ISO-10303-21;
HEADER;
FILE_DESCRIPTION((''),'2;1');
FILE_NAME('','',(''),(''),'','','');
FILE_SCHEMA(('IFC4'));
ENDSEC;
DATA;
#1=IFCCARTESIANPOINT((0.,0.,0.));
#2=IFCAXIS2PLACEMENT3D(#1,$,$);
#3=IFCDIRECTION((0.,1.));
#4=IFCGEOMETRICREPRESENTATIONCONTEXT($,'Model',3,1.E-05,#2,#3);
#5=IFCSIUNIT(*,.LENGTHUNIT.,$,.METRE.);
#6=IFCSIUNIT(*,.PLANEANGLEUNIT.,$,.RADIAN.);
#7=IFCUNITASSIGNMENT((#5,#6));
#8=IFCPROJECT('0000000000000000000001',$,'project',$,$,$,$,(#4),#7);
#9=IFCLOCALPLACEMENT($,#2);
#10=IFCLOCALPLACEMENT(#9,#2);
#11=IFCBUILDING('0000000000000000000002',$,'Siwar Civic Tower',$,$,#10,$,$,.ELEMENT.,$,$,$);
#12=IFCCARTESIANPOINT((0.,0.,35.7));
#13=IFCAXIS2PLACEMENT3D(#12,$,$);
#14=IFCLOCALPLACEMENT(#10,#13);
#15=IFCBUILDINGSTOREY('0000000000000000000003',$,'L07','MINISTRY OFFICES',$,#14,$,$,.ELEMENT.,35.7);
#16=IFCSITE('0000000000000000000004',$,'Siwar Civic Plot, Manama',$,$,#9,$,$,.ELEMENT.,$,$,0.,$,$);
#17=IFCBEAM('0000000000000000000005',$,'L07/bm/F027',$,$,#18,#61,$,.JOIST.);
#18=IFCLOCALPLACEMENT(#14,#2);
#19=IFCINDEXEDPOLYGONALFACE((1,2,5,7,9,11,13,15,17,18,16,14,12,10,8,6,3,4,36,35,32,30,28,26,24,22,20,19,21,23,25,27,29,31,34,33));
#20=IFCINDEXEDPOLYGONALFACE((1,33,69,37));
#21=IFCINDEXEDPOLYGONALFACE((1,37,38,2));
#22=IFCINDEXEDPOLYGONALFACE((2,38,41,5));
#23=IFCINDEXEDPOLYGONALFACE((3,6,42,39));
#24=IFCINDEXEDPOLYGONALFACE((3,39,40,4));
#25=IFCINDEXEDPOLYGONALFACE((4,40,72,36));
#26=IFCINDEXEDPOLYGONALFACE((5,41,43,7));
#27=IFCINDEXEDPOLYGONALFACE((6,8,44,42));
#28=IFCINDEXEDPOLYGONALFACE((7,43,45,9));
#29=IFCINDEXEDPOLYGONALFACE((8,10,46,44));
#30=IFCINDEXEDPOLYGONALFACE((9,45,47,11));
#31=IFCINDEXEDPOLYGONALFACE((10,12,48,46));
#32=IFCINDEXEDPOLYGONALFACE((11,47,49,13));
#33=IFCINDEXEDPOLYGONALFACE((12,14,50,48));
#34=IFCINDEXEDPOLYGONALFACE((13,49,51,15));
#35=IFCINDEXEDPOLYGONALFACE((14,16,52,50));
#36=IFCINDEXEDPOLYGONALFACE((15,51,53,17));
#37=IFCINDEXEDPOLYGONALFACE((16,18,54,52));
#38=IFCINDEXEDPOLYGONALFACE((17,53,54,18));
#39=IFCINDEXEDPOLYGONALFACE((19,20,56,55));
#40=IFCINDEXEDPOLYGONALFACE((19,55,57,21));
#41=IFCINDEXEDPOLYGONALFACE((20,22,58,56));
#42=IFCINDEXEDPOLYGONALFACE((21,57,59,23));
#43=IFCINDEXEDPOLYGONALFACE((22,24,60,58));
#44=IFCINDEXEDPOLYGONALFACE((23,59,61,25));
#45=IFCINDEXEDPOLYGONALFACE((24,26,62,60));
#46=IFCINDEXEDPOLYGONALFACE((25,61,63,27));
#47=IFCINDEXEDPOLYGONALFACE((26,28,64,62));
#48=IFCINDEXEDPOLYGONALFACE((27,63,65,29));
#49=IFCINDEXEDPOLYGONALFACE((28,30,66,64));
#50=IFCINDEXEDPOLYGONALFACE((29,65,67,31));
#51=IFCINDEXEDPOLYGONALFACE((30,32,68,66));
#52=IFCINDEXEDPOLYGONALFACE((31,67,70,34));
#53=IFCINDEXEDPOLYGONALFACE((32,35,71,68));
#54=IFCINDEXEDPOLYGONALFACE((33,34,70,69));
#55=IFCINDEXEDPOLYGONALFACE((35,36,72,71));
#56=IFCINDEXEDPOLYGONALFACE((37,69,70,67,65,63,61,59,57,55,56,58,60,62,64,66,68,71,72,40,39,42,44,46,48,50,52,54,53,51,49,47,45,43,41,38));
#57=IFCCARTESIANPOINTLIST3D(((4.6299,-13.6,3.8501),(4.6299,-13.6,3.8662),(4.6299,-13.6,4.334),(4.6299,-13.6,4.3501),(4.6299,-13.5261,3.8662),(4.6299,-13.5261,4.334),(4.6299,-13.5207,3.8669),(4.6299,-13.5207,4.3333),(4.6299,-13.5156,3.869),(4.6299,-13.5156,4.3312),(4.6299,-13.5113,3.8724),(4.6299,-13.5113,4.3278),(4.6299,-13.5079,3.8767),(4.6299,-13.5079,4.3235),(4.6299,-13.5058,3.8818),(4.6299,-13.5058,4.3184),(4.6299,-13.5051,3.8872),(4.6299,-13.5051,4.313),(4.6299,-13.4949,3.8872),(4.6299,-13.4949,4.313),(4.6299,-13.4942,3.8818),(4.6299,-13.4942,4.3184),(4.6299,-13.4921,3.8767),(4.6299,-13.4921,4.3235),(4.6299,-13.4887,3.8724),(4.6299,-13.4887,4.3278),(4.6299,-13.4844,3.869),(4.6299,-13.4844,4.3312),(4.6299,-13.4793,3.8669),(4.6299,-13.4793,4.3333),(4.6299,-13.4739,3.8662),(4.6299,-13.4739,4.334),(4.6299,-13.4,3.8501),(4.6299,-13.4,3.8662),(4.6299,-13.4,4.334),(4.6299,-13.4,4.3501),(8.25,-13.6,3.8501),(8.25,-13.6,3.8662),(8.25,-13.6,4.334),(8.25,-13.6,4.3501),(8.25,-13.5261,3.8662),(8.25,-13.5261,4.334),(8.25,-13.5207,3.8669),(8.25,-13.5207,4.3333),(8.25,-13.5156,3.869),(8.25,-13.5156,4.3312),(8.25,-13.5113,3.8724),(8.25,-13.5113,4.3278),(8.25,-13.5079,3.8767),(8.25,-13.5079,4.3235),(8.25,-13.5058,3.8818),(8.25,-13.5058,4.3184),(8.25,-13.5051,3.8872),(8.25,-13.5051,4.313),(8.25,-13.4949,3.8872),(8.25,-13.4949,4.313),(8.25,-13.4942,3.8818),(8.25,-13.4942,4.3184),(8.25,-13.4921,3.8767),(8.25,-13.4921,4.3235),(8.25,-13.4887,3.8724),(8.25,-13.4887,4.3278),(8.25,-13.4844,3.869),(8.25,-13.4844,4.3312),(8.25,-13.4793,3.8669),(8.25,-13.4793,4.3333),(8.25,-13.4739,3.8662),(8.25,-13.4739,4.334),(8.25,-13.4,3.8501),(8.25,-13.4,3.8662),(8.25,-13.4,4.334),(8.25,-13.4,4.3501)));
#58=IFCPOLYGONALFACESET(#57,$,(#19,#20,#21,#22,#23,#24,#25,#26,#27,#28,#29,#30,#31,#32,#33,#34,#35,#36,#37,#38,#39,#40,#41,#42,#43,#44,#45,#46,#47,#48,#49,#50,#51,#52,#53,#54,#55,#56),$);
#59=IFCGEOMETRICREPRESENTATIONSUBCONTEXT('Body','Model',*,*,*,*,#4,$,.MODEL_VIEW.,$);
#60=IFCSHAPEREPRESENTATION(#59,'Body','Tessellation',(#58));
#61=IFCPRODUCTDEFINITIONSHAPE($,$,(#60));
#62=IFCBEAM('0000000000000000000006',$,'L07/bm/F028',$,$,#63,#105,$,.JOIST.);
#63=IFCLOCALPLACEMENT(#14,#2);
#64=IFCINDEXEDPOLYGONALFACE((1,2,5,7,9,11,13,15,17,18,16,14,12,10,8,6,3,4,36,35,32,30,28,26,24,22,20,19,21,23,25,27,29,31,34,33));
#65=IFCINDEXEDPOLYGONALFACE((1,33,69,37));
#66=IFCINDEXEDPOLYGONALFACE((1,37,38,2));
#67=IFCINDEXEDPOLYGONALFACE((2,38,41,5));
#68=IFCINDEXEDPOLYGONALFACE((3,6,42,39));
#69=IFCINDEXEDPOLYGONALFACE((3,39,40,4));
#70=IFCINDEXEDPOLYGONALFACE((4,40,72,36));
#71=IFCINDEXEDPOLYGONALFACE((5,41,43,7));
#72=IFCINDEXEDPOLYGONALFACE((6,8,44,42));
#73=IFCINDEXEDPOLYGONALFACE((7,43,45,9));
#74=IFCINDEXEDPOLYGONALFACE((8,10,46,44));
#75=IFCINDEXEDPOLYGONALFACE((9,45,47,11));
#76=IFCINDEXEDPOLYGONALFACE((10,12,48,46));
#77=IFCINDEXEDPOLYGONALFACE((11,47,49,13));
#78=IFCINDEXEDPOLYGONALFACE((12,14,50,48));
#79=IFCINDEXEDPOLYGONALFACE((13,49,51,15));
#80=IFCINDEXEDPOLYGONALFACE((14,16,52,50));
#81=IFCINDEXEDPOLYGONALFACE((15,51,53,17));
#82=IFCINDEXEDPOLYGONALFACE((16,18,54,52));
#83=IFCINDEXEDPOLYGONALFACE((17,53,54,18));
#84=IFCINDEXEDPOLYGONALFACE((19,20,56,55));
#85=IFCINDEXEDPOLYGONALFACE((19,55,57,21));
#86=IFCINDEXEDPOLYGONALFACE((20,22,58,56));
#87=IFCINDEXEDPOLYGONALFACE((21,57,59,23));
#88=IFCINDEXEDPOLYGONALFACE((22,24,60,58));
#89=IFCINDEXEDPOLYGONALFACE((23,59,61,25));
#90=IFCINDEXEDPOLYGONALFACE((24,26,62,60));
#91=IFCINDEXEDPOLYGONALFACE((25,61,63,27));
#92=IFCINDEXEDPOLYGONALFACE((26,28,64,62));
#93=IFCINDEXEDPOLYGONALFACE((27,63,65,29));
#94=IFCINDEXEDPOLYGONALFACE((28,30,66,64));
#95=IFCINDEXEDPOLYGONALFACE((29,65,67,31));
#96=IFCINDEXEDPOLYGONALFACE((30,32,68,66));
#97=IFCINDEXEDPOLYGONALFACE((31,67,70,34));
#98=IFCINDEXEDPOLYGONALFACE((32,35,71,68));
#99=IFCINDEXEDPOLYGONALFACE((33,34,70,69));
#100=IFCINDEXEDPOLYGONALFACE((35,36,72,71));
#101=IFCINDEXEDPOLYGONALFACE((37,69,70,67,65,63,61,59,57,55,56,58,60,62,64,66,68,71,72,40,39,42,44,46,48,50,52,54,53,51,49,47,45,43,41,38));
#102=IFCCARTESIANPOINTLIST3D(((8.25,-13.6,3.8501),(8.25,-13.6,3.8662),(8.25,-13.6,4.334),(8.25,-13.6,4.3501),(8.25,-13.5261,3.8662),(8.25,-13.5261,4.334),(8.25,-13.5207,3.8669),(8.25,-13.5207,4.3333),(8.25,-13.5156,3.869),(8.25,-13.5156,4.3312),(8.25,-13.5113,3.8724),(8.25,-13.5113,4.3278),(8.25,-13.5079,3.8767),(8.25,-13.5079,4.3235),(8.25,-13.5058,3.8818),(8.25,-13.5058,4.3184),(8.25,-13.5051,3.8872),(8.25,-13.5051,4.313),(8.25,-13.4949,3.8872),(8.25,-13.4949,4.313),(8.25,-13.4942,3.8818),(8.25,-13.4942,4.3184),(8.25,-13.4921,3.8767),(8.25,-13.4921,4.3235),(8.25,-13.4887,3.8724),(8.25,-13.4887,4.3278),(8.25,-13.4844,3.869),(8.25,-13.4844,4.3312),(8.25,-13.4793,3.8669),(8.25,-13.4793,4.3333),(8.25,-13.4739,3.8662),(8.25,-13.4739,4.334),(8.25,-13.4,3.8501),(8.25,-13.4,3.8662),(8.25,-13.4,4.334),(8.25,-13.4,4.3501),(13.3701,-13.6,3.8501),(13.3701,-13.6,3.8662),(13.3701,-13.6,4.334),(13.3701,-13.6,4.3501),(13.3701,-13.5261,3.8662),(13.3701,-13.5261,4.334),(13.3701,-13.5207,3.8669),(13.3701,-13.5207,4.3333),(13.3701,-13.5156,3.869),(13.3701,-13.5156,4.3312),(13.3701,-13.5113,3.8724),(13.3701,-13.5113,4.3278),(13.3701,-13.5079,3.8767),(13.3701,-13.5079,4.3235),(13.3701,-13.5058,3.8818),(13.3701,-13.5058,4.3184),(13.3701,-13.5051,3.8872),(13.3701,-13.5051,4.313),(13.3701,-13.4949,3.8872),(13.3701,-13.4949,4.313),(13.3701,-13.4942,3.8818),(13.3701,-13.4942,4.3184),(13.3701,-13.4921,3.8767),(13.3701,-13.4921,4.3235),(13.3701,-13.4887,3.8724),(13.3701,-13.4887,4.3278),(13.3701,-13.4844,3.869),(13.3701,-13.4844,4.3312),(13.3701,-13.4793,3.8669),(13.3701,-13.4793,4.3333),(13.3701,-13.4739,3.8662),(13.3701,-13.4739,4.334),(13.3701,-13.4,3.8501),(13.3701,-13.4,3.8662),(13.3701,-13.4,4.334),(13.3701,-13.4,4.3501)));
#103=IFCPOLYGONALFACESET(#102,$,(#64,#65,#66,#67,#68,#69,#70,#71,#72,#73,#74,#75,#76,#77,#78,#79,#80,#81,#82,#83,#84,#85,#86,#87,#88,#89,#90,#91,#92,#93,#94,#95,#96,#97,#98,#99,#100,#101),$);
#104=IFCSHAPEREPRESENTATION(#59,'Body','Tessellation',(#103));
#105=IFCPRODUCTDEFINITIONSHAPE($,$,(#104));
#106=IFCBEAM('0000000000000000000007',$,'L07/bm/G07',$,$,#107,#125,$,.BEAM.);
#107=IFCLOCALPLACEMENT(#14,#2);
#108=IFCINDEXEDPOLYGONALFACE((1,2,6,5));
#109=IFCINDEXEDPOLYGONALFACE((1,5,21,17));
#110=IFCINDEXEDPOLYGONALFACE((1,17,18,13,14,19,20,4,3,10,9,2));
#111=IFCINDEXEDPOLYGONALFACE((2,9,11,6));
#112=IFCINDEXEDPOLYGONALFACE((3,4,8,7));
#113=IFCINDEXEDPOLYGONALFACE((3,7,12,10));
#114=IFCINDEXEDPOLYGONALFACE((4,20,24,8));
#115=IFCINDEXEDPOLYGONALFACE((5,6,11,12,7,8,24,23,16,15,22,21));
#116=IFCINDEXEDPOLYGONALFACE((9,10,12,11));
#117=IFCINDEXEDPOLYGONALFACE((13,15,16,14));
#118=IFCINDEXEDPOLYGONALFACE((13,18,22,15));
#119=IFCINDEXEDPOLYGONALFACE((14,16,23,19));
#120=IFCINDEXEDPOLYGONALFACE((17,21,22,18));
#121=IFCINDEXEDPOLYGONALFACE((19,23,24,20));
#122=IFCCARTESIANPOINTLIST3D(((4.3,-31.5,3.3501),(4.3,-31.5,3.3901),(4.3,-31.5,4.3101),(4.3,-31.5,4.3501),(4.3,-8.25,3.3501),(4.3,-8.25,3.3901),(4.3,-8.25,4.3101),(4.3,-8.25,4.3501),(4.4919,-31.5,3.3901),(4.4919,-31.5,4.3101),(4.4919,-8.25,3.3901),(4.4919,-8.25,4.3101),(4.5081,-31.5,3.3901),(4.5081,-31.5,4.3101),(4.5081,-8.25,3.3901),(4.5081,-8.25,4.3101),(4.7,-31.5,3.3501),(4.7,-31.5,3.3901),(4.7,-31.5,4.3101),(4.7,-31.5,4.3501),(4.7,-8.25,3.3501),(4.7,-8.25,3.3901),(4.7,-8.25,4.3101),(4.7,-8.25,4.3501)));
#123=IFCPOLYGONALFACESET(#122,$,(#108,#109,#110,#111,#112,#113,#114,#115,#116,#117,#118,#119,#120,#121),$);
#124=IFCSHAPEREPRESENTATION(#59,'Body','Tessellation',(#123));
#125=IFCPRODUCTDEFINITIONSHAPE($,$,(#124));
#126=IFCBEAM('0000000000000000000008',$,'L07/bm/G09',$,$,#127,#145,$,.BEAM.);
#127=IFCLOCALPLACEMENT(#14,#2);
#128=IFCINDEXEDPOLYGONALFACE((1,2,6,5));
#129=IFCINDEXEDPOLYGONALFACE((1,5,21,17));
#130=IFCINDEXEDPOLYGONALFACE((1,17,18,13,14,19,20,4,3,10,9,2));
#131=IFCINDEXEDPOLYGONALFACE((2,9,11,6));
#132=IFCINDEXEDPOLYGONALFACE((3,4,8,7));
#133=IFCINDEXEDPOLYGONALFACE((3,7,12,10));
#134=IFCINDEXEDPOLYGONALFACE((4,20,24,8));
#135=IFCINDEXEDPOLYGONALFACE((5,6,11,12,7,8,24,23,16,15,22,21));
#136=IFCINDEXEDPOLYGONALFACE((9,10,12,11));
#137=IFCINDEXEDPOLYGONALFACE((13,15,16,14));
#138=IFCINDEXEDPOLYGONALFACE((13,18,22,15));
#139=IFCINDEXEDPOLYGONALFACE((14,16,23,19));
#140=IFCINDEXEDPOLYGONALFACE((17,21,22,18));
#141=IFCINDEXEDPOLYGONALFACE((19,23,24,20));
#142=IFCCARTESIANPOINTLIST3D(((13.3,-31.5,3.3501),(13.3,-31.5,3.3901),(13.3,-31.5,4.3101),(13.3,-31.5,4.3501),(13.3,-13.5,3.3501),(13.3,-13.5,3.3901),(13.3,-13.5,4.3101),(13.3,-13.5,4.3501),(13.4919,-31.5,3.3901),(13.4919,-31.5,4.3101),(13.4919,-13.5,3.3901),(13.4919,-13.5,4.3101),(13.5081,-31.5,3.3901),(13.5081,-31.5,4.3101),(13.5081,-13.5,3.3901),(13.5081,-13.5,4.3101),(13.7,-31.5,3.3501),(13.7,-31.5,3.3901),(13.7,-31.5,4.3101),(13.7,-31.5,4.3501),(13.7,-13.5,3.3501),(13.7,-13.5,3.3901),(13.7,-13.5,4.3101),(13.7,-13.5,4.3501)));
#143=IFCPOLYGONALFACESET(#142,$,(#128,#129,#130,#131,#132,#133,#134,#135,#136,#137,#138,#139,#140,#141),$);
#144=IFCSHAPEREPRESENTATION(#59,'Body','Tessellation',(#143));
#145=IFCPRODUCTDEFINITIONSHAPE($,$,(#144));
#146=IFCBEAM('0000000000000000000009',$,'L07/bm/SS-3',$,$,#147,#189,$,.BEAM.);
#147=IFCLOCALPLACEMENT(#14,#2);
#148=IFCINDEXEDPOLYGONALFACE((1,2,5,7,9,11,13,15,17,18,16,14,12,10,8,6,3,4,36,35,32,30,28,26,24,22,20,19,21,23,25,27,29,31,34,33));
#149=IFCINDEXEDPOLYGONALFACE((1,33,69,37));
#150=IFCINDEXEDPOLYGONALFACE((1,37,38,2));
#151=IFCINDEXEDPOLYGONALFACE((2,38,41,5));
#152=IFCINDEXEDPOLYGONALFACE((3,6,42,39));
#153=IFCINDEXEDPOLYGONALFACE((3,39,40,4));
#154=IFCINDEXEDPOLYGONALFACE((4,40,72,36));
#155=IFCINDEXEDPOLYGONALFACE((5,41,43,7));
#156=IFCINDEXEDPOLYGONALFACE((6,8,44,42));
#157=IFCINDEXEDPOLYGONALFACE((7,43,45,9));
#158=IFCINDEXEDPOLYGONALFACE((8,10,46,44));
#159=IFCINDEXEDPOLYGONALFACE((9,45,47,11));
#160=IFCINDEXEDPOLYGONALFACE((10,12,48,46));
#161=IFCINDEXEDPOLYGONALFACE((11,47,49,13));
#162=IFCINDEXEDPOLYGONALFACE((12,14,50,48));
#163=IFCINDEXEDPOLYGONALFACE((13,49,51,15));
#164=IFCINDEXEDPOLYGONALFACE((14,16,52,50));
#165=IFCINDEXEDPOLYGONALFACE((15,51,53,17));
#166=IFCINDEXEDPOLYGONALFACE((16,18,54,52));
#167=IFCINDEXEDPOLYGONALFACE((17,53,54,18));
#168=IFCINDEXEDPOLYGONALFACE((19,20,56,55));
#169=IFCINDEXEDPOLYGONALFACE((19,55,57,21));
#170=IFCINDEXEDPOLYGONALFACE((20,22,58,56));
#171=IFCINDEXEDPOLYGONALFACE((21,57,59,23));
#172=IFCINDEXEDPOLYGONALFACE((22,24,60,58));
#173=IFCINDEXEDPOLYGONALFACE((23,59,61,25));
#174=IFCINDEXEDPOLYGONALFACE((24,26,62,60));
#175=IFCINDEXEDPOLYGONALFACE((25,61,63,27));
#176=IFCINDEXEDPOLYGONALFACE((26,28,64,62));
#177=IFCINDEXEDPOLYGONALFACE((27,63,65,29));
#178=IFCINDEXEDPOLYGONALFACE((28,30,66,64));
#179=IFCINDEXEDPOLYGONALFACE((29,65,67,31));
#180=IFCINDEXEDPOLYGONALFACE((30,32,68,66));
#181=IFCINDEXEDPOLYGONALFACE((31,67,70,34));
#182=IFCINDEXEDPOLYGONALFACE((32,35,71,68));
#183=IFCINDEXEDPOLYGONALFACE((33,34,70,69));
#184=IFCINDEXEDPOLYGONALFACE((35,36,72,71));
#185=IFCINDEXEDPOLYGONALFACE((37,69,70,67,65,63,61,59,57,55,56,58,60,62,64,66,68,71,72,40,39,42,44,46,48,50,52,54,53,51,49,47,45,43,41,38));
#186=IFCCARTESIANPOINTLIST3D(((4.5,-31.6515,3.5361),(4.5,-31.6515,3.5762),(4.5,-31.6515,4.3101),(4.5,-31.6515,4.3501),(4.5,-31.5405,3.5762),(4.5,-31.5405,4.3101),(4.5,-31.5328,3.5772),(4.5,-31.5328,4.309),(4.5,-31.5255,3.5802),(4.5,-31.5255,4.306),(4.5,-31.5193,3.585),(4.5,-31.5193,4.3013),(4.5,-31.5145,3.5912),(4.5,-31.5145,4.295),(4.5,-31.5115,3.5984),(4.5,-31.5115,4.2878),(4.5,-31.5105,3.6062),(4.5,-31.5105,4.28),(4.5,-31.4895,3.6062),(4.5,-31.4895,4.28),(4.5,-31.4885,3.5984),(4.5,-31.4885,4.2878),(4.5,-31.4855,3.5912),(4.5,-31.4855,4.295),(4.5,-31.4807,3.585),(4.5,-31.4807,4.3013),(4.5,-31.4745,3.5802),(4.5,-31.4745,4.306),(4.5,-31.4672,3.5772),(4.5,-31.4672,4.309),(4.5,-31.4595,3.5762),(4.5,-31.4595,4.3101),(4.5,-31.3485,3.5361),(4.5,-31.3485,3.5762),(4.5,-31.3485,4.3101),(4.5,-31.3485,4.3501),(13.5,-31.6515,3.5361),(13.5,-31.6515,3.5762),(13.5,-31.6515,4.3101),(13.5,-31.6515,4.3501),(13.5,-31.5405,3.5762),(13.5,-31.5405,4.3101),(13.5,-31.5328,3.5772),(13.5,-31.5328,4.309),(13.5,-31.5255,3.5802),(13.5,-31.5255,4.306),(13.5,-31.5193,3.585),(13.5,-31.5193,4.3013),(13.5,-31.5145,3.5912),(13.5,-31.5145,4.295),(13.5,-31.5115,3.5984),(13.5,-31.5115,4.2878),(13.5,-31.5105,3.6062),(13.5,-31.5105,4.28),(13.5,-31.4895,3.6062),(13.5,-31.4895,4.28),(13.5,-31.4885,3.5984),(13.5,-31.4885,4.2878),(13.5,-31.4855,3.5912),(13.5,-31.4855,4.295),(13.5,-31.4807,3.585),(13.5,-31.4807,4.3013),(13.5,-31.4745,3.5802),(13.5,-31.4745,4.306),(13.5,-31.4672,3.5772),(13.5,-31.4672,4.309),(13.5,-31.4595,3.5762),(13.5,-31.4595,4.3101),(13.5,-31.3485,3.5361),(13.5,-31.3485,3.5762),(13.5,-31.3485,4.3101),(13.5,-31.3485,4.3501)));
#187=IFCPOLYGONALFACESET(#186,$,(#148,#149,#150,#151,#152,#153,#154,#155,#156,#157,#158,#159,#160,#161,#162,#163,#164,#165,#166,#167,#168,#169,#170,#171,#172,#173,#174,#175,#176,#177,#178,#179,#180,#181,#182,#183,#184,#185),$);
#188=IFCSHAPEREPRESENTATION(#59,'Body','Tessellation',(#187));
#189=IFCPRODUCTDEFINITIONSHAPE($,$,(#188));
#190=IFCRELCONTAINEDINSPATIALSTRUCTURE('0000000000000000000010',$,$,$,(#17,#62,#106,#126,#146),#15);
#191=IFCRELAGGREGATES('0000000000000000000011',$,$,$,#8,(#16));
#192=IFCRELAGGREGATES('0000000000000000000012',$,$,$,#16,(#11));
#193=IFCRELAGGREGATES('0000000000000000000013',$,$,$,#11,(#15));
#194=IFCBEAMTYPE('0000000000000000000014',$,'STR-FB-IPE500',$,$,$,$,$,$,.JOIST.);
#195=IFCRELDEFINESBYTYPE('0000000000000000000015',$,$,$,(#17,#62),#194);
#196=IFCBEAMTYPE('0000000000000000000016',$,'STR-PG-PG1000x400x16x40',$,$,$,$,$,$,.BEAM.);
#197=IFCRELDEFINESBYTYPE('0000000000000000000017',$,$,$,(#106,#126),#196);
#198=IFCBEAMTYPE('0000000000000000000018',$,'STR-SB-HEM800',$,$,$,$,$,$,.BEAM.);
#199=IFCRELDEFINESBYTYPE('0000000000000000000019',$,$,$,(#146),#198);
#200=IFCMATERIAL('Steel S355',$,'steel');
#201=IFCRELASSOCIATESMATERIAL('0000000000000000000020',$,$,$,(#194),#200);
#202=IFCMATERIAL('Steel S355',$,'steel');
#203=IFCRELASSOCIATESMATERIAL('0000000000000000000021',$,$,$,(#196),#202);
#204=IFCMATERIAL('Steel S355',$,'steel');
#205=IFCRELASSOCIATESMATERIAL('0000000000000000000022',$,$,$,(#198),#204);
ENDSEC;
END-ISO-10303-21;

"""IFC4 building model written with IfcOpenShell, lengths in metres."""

from ifc_helpers import new_model, si_unit, direction, frame, origin, origin_2d, place, context, subcontext, project, spatial, i_section, extrude, material, material_profile, profile_set, type_object, element, save


model = new_model("IFC4")

# Units and contexts
model_context = context("Model", 3, precision=1e-05, world=origin(), true_north=direction((0.0, 1.0)))
body_context = subcontext(model_context, "Body", "Model", "MODEL_VIEW")
ifc_project = project(units=[si_unit("LENGTHUNIT", "METRE"), si_unit("PLANEANGLEUNIT", "RADIAN")], contexts=[model_context])

# Site, building, storey
site_placement = place(None, origin())
site = spatial("IfcSite", under=ifc_project, at=site_placement, Name="Siwar Civic Plot, Manama", CompositionType="ELEMENT", RefElevation=0.0)
building_placement = place(site_placement, origin())
building = spatial("IfcBuilding", under=site, at=building_placement, Name="Siwar Civic Tower", CompositionType="ELEMENT")
storey_placement = place(building_placement, frame((0.0, 0.0, 35.7)))
storey = spatial("IfcBuildingStorey", under=building, at=storey_placement, Name="L07", Description="MINISTRY OFFICES", CompositionType="ELEMENT", Elevation=35.7)

# Beams
ifc_material_1 = material(Name="Steel S355", Category="steel")
ifc_material_profile_1 = material_profile(ifc_material_1, i_section(OverallWidth=0.2, OverallDepth=0.5, WebThickness=0.0103, FlangeThickness=0.0161, FilletRadius=0.021, at=origin_2d()), Name="IPE500")
ifc_profile_set_1 = profile_set([ifc_material_profile_1], Name="Steel S355")
beam_type_1 = type_object("IfcBeamType", Name="STR-FB-IPE500", PredefinedType="JOIST", material=ifc_profile_set_1)
beam_1_placement = place(storey_placement, frame((4.6299, -13.5, 4.1001), z_axis=(1.0, 0.0, 0.0), x_axis=(0.0, 1.0, 0.0)))
element("IfcBeam", 1, at=beam_1_placement, inside=storey, type_object=beam_type_1, Name="L07/bm/F027", PredefinedType="JOIST", context=body_context, shape_type="SweptSolid", body=[
    extrude(i_section(OverallWidth=0.2, OverallDepth=0.5, WebThickness=0.0103, FlangeThickness=0.0161, FilletRadius=0.021, at=origin_2d()), origin(), (0.0, 0.0, 1.0), 3.6201),
])
beam_2_placement = place(storey_placement, frame((8.25, -13.5, 4.1001), z_axis=(1.0, 0.0, 0.0), x_axis=(0.0, 1.0, 0.0)))
element("IfcBeam", 2, at=beam_2_placement, inside=storey, type_object=beam_type_1, Name="L07/bm/F028", PredefinedType="JOIST", context=body_context, shape_type="SweptSolid", body=[
    extrude(i_section(OverallWidth=0.2, OverallDepth=0.5, WebThickness=0.0103, FlangeThickness=0.0161, FilletRadius=0.021, at=origin_2d()), origin(), (0.0, 0.0, 1.0), 5.1201),
])
ifc_material_2 = material(Name="Steel S355", Category="steel")
ifc_material_profile_2 = material_profile(ifc_material_2, i_section(OverallWidth=0.3999, OverallDepth=1.0, WebThickness=0.0161, FlangeThickness=0.04, at=origin_2d()), Name="PG1000x400x16x40")
ifc_profile_set_2 = profile_set([ifc_material_profile_2], Name="Steel S355")
beam_type_2 = type_object("IfcBeamType", Name="STR-PG-PG1000x400x16x40", PredefinedType="BEAM", material=ifc_profile_set_2)
beam_3_placement = place(storey_placement, frame((4.5, -31.5, 3.8501), z_axis=(0.0, 1.0, 0.0), x_axis=(-1.0, 0.0, 0.0)))
element("IfcBeam", 3, at=beam_3_placement, inside=storey, type_object=beam_type_2, Name="L07/bm/G07", PredefinedType="BEAM", context=body_context, shape_type="SweptSolid", body=[
    extrude(i_section(OverallWidth=0.3999, OverallDepth=1.0, WebThickness=0.0161, FlangeThickness=0.04, at=origin_2d()), origin(), (0.0, 0.0, 1.0), 23.25),
])
beam_4_placement = place(storey_placement, frame((13.5, -31.5, 3.8501), z_axis=(0.0, 1.0, 0.0), x_axis=(-1.0, 0.0, 0.0)))
element("IfcBeam", 4, at=beam_4_placement, inside=storey, type_object=beam_type_2, Name="L07/bm/G09", PredefinedType="BEAM", context=body_context, shape_type="SweptSolid", body=[
    extrude(i_section(OverallWidth=0.3999, OverallDepth=1.0, WebThickness=0.0161, FlangeThickness=0.04, at=origin_2d()), origin(), (0.0, 0.0, 1.0), 18.0),
])
ifc_material_3 = material(Name="Steel S355", Category="steel")
ifc_material_profile_3 = material_profile(ifc_material_3, i_section(OverallWidth=0.303, OverallDepth=0.814, WebThickness=0.021, FlangeThickness=0.04, FilletRadius=0.03, at=origin_2d()), Name="HEM800")
ifc_profile_set_3 = profile_set([ifc_material_profile_3], Name="Steel S355")
beam_type_3 = type_object("IfcBeamType", Name="STR-SB-HEM800", PredefinedType="BEAM", material=ifc_profile_set_3)
for number, where, z_axis, x_axis, name in (
    (5, (4.5, -31.5, 3.9431), (1.0, 0.0, 0.0), (0.0, 1.0, 0.0), "L07/bm/SS-3"),
):
    element("IfcBeam", number, at=place(storey_placement, frame(where, z_axis=z_axis, x_axis=x_axis)), inside=storey, type_object=beam_type_3, Name=name, PredefinedType="BEAM", context=body_context, shape_type="SweptSolid", body=[
        extrude(i_section(OverallWidth=0.303, OverallDepth=0.814, WebThickness=0.021, FlangeThickness=0.04, FilletRadius=0.03, at=origin_2d()), origin(), (0.0, 0.0, 1.0), 9.0),
    ])

save(model, "model.ifc")
